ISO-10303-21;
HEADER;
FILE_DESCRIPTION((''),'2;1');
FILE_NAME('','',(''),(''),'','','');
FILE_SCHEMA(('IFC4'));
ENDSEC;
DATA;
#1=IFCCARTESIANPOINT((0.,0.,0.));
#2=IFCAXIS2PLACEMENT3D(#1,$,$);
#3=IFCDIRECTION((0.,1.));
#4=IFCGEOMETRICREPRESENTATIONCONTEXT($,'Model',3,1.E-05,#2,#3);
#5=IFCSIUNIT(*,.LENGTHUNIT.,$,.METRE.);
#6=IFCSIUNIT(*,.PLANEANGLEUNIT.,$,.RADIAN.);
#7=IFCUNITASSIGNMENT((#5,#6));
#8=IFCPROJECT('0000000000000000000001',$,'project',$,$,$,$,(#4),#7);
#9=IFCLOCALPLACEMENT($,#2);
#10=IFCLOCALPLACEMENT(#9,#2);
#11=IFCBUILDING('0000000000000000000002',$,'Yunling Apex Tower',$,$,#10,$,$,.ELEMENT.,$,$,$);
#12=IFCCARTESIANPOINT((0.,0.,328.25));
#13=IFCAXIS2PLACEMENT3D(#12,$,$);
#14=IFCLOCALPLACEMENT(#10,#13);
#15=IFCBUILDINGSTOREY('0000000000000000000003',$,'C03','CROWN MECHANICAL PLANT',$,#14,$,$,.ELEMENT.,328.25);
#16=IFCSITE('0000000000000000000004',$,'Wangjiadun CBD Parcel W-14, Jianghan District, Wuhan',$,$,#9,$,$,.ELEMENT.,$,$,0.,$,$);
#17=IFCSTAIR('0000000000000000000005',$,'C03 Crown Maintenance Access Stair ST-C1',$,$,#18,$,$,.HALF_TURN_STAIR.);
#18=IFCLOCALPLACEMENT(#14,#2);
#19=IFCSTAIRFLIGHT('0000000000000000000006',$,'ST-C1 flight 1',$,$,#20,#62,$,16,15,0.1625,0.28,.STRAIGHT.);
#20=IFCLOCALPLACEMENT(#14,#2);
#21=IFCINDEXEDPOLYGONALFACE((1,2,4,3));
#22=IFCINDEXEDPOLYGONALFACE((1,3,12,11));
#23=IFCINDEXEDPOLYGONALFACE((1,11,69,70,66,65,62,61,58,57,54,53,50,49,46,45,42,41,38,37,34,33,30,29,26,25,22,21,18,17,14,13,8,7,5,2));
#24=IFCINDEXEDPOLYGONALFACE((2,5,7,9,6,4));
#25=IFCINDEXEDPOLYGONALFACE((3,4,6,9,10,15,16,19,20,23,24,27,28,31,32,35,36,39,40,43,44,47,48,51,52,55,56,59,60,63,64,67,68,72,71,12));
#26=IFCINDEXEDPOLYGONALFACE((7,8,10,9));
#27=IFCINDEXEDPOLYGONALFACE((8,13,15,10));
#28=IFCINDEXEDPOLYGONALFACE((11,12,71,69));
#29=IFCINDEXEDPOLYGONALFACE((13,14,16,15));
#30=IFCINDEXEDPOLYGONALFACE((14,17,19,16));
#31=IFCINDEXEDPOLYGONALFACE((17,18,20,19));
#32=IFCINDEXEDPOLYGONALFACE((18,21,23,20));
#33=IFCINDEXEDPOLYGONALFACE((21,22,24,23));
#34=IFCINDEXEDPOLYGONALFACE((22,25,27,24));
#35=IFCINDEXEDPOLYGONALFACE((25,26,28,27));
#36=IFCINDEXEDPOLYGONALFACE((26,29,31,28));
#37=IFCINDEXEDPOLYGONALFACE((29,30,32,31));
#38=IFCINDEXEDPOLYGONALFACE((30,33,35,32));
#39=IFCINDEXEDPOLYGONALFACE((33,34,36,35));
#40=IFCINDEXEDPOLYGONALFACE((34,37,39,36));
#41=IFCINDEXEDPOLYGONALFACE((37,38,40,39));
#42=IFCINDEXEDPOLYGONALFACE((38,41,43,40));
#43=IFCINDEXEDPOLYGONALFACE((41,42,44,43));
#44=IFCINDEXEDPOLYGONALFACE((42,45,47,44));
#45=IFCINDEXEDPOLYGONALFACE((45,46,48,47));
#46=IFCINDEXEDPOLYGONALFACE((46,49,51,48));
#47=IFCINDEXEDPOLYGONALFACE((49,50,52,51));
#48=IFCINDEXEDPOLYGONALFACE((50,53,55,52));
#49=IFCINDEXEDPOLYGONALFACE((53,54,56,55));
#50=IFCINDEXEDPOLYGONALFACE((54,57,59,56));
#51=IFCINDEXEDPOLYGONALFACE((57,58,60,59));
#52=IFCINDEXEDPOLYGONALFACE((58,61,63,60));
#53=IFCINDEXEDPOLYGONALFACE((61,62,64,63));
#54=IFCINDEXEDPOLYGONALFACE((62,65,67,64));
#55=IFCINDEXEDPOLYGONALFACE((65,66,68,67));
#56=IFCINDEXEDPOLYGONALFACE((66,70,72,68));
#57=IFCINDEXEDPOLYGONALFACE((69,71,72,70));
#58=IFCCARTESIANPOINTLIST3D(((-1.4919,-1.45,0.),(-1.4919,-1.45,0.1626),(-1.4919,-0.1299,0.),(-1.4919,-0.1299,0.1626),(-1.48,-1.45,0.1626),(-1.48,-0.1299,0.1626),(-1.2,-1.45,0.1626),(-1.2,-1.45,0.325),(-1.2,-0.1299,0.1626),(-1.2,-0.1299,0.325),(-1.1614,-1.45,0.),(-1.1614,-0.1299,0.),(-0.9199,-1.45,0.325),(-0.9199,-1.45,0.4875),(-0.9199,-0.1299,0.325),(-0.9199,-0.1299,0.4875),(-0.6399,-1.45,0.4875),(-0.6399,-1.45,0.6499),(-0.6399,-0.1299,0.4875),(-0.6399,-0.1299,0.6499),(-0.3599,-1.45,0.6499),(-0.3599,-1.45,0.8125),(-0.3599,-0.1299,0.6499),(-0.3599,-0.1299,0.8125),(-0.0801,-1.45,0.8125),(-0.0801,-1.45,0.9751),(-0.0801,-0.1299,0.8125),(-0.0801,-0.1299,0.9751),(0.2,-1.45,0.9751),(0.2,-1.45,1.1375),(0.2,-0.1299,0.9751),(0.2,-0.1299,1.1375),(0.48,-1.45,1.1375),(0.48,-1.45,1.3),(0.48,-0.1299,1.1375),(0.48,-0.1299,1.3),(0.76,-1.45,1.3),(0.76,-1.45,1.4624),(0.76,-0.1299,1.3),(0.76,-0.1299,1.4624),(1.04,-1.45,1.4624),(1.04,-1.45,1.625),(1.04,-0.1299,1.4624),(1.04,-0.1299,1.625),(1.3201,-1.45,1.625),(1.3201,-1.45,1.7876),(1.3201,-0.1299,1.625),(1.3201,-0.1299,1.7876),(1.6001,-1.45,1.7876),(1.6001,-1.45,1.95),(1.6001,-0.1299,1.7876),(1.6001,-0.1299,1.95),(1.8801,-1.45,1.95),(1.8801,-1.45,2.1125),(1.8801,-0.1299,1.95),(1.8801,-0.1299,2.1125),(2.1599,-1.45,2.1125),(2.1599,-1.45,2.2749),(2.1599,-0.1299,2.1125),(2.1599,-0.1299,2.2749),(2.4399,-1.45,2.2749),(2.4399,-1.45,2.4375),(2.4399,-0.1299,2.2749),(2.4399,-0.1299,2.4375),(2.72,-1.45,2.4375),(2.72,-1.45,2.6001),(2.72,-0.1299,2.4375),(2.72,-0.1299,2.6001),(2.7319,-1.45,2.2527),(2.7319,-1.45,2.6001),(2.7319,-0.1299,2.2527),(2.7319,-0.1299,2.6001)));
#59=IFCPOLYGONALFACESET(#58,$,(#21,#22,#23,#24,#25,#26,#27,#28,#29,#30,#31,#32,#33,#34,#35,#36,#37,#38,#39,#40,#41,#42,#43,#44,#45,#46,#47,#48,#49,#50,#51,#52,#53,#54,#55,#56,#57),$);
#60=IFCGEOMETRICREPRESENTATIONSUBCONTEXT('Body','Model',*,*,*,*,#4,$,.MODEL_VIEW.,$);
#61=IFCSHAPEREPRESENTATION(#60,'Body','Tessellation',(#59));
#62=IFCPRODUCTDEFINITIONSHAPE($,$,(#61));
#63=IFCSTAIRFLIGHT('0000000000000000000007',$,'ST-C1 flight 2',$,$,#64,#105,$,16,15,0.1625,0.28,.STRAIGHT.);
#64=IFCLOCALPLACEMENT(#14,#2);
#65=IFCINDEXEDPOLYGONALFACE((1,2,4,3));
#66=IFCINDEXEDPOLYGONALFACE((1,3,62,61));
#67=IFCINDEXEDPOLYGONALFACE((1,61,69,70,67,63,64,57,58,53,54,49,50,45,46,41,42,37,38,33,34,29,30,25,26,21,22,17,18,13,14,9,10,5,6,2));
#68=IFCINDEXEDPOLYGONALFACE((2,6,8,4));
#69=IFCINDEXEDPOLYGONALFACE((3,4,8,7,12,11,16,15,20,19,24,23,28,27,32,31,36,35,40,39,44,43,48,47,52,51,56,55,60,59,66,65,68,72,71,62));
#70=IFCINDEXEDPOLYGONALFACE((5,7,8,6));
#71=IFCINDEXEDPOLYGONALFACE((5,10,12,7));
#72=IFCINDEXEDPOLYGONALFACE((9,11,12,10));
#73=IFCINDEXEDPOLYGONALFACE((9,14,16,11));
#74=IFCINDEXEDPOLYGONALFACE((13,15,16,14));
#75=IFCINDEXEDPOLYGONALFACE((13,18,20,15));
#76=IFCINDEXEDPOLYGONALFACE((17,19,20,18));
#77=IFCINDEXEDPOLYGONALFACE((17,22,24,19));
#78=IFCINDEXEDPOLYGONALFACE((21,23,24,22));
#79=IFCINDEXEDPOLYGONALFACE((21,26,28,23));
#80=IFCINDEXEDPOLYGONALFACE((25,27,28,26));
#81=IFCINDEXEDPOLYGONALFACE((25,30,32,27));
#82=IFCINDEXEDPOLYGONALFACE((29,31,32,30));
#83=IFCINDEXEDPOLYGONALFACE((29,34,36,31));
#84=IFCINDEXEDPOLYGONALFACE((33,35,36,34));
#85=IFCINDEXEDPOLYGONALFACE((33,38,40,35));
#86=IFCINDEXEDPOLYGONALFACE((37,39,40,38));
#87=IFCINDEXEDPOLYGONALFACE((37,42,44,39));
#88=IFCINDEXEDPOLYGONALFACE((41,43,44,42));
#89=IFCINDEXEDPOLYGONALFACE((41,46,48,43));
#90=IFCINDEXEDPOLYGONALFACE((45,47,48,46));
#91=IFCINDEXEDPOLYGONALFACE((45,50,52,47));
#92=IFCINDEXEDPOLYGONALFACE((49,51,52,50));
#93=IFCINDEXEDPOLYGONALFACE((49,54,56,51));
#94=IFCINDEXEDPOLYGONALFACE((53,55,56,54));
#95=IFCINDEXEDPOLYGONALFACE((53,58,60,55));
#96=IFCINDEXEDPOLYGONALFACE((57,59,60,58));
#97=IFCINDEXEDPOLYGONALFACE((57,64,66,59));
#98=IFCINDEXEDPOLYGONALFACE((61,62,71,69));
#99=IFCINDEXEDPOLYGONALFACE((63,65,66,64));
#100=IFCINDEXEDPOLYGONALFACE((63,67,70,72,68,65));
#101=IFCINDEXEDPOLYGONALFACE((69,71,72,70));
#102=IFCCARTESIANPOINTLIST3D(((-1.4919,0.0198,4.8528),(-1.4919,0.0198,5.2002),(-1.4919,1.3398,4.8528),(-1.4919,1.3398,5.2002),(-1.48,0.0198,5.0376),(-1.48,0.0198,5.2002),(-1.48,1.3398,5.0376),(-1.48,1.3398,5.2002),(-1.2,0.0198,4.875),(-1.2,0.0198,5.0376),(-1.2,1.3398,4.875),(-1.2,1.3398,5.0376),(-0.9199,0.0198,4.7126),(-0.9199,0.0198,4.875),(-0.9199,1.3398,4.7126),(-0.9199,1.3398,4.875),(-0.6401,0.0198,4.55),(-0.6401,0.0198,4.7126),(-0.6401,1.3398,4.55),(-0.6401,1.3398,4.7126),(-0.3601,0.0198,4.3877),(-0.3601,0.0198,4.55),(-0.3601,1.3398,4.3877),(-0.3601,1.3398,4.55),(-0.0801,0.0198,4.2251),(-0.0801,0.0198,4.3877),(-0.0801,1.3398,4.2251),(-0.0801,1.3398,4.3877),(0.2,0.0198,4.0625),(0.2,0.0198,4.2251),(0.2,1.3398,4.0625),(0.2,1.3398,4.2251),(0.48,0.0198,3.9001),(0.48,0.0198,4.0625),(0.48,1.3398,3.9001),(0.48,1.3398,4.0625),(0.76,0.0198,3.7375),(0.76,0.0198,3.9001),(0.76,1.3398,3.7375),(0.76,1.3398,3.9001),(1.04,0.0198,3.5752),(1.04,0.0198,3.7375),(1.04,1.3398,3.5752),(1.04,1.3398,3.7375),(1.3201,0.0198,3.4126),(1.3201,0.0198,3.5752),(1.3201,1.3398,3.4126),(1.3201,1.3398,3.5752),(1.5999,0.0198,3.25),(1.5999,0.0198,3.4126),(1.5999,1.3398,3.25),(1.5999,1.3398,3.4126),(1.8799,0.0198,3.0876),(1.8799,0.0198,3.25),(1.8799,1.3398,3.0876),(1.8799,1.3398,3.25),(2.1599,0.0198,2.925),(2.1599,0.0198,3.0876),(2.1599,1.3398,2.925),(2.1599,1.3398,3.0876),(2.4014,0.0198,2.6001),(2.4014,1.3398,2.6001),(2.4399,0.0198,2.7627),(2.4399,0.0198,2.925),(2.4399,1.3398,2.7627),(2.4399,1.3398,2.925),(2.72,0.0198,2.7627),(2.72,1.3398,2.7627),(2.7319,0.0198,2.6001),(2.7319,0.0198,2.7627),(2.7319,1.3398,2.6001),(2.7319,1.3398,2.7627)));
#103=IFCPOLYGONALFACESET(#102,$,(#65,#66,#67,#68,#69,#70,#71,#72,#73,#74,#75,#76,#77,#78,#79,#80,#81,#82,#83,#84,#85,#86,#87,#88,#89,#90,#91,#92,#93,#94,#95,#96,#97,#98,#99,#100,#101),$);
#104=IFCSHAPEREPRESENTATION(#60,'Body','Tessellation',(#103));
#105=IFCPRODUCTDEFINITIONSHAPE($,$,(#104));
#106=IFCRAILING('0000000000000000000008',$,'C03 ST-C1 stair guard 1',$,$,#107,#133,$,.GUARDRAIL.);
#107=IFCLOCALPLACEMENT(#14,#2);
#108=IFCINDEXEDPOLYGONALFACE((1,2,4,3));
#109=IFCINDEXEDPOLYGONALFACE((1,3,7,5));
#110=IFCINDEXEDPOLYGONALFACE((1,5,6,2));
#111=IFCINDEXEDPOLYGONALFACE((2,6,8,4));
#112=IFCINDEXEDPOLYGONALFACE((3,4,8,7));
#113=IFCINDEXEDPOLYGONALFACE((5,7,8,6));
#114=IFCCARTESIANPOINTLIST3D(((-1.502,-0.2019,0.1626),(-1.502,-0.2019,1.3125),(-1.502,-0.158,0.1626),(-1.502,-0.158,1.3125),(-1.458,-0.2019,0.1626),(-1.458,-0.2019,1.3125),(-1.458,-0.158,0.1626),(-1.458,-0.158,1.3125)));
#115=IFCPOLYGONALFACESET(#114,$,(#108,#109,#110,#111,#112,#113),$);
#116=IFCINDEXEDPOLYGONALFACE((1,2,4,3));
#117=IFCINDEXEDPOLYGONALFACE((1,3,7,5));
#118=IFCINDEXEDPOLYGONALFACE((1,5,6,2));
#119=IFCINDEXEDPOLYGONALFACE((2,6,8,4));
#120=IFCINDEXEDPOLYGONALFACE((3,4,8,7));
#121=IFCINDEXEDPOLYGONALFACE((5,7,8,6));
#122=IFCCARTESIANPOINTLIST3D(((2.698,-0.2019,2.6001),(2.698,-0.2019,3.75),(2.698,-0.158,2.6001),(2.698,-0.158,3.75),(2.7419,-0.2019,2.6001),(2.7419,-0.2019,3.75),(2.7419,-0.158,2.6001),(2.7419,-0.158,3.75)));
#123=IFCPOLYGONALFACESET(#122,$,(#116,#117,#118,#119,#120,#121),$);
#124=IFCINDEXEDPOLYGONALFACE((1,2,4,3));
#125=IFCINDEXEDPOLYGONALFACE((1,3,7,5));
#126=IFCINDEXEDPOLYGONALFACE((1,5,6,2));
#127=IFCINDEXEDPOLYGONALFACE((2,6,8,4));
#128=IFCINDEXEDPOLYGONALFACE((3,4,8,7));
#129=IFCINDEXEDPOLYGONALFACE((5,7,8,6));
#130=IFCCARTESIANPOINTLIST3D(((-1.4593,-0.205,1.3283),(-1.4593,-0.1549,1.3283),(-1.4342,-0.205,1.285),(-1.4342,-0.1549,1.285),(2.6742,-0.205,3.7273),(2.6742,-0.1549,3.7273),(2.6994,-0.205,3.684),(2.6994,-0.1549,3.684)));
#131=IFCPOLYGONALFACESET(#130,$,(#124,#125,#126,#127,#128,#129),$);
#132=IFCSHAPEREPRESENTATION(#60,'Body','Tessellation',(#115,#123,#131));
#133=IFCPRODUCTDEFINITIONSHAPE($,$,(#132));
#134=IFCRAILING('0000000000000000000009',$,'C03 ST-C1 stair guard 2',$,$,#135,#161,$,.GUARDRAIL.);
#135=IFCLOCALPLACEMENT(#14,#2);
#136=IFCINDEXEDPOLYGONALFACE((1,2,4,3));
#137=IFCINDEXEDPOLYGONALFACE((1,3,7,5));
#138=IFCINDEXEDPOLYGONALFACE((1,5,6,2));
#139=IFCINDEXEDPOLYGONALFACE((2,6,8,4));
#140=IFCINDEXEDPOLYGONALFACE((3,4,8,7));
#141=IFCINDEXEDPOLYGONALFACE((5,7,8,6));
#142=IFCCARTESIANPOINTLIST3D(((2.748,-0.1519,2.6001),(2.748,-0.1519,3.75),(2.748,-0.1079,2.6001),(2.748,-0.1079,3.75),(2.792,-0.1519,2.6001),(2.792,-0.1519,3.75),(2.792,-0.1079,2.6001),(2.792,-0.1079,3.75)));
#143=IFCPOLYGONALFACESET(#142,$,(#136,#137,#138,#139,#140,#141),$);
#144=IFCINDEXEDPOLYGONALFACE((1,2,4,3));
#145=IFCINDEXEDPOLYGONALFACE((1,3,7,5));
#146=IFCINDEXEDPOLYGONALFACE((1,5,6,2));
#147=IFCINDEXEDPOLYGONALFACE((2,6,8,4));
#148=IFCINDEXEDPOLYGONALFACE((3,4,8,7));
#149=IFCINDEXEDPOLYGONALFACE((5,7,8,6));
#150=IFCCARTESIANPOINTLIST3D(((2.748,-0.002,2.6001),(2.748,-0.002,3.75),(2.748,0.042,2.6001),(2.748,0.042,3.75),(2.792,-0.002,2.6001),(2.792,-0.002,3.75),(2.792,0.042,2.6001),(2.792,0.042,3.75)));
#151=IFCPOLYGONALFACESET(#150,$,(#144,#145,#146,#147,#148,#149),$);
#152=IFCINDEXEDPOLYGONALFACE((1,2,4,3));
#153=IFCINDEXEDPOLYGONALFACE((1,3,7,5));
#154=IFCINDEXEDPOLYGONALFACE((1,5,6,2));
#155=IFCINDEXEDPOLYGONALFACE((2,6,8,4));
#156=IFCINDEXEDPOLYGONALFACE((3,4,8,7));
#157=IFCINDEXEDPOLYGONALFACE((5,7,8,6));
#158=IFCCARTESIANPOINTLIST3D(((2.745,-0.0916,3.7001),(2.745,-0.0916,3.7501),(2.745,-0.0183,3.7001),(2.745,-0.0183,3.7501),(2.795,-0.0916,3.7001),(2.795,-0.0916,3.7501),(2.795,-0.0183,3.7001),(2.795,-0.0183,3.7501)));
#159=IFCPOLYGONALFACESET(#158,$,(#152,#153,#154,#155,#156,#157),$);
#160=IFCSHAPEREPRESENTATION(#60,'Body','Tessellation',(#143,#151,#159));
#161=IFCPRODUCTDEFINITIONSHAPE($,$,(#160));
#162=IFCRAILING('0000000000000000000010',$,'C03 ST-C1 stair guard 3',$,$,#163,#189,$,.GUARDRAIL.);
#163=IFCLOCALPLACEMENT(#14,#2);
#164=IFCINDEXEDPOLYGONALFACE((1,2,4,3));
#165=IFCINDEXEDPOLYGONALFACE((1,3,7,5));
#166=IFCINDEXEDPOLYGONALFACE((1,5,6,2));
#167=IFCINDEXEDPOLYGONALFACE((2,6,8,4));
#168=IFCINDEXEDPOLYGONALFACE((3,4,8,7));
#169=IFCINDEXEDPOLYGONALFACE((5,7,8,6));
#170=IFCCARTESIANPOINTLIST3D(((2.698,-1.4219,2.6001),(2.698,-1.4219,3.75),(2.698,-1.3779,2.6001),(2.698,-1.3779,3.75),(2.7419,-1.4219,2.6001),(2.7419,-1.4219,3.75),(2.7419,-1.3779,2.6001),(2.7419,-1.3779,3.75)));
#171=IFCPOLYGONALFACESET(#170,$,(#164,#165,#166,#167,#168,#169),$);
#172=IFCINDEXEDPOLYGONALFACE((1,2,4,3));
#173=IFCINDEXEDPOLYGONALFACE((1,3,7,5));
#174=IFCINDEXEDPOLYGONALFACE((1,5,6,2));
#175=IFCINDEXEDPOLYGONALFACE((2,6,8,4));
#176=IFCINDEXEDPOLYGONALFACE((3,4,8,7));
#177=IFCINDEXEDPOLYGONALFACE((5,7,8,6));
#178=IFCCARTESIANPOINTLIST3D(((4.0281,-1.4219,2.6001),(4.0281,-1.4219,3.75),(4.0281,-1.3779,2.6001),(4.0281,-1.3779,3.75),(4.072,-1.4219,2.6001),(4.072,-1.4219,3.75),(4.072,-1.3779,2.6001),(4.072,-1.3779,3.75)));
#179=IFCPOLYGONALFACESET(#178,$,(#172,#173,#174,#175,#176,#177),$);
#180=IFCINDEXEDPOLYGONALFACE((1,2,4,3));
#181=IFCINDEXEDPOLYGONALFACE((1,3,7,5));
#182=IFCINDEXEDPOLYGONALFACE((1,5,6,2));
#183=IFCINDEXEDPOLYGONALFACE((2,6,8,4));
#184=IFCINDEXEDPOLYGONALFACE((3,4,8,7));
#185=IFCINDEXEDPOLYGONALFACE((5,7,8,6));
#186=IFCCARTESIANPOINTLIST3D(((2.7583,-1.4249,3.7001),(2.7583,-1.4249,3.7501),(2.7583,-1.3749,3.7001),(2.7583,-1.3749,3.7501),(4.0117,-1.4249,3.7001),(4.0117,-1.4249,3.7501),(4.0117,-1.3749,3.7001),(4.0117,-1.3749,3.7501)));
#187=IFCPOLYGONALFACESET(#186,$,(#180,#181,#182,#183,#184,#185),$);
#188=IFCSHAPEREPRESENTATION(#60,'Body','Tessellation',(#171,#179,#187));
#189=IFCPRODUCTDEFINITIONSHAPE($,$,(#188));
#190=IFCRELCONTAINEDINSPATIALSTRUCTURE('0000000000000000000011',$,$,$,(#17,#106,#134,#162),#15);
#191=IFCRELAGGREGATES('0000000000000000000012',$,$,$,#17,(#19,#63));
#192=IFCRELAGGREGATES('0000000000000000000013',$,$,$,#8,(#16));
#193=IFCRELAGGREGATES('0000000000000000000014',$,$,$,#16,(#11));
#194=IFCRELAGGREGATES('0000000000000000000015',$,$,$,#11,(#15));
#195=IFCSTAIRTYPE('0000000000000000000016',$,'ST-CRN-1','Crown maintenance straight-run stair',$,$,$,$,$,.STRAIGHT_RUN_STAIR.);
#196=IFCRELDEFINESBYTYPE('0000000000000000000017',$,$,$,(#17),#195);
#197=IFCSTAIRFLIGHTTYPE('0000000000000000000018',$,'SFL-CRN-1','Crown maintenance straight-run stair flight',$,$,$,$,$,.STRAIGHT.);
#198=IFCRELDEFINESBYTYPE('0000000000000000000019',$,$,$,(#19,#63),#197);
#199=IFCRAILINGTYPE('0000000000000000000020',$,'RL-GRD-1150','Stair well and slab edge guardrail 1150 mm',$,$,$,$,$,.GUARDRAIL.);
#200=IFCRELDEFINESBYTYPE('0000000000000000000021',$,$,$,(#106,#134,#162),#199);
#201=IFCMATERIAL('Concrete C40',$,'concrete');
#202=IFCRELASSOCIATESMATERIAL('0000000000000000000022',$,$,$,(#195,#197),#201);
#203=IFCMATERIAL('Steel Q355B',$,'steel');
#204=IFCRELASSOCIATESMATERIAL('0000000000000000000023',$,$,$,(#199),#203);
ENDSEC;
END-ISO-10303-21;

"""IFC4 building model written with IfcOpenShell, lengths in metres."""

from ifc_helpers import new_model, si_unit, direction, frame, origin, origin_2d, place, context, subcontext, project, spatial, polyline, rectangle, outline, extrude, material, type_object, element, aggregate, save


model = new_model("IFC4")

# Units and contexts
model_context = context("Model", 3, precision=1e-05, world=origin(), true_north=direction((0.0, 1.0)))
body_context = subcontext(model_context, "Body", "Model", "MODEL_VIEW")
ifc_project = project(units=[si_unit("LENGTHUNIT", "METRE"), si_unit("PLANEANGLEUNIT", "RADIAN")], contexts=[model_context])

# Site, building, storey
site_placement = place(None, origin())
site = spatial("IfcSite", under=ifc_project, at=site_placement, Name="Wangjiadun CBD Parcel W-14, Jianghan District, Wuhan", CompositionType="ELEMENT", RefElevation=0.0)
building_placement = place(site_placement, origin())
building = spatial("IfcBuilding", under=site, at=building_placement, Name="Yunling Apex Tower", CompositionType="ELEMENT")
storey_placement = place(building_placement, frame((0.0, 0.0, 328.25)))
storey = spatial("IfcBuildingStorey", under=building, at=storey_placement, Name="C03", Description="CROWN MECHANICAL PLANT", CompositionType="ELEMENT", Elevation=328.25)

# Shared definitions
ifc_material_1 = material(Name="Steel Q355B", Category="steel")

# Shared definitions
ifc_material_2 = material(Name="Concrete C40", Category="concrete")

# Stair
stair_type = type_object("IfcStairType", Name="ST-CRN-1", Description="Crown maintenance straight-run stair", PredefinedType="STRAIGHT_RUN_STAIR", material=ifc_material_2)
stair_placement = place(storey_placement, origin())
stair = element("IfcStair", 1, at=stair_placement, inside=storey, type_object=stair_type, Name="C03 Crown Maintenance Access Stair ST-C1", PredefinedType="HALF_TURN_STAIR")

# Stair flights
stair_flight_type = type_object("IfcStairFlightType", Name="SFL-CRN-1", Description="Crown maintenance straight-run stair flight", PredefinedType="STRAIGHT", material=ifc_material_2)
stair_flight_1_placement = place(storey_placement, frame((-1.48, -0.79, 0.0), z_axis=(0.0, 0.0, 1.0), x_axis=(1.0, 0.0, 0.0)))
stair_flight_1 = element("IfcStairFlight", 2, at=stair_flight_1_placement, type_object=stair_flight_type, Name="ST-C1 flight 1", NumberOfRisers=16, NumberOfTreads=15, PredefinedType="STRAIGHT", RiserHeight=0.1625, TreadLength=0.28, context=body_context, shape_type="SweptSolid", body=[
    extrude(outline(polyline([(-0.012, 0.0), (-0.012, 0.1626), (0.0, 0.1626), (0.28, 0.1626), (0.28, 0.325), (0.5601, 0.325), (0.5601, 0.4875), (0.8401, 0.4875), (0.8401, 0.6499), (1.1201, 0.6499), (1.1201, 0.8125), (1.3999, 0.8125), (1.3999, 0.9751), (1.6799, 0.9751), (1.6799, 1.1375), (1.96, 1.1375), (1.96, 1.3), (2.24, 1.3), (2.24, 1.4624), (2.52, 1.4624), (2.52, 1.625), (2.8, 1.625), (2.8, 1.7876), (3.0801, 1.7876), (3.0801, 1.95), (3.3601, 1.95), (3.3601, 2.1125), (3.6399, 2.1125), (3.6399, 2.2749), (3.9199, 2.2749), (3.9199, 2.4375), (4.2, 2.4375), (4.2, 2.6001), (4.2119, 2.6001), (4.2119, 2.2527), (0.3186, 0.0), (-0.012, 0.0)])), frame((0.0, 0.6602, 0.0), z_axis=(0.0, -1.0, 0.0), x_axis=(1.0, 0.0, 0.0)), (0.0, 0.0, 1.0), 1.3201),
])
stair_flight_2_placement = place(storey_placement, frame((2.72, 0.6799, 2.6001), z_axis=(0.0, 0.0, 1.0), x_axis=(-1.0, 0.0, 0.0)))
stair_flight_2 = element("IfcStairFlight", 3, at=stair_flight_2_placement, type_object=stair_flight_type, Name="ST-C1 flight 2", NumberOfRisers=16, NumberOfTreads=15, PredefinedType="STRAIGHT", RiserHeight=0.1625, TreadLength=0.28, context=body_context, shape_type="SweptSolid", body=[
    extrude(outline(polyline([(-0.012, 0.0), (-0.012, 0.1626), (0.0, 0.1626), (0.28, 0.1626), (0.28, 0.325), (0.5601, 0.325), (0.5601, 0.4875), (0.8401, 0.4875), (0.8401, 0.6499), (1.1201, 0.6499), (1.1201, 0.8125), (1.3999, 0.8125), (1.3999, 0.9751), (1.6799, 0.9751), (1.6799, 1.1375), (1.96, 1.1375), (1.96, 1.3), (2.24, 1.3), (2.24, 1.4624), (2.52, 1.4624), (2.52, 1.625), (2.8, 1.625), (2.8, 1.7876), (3.0801, 1.7876), (3.0801, 1.95), (3.3601, 1.95), (3.3601, 2.1125), (3.6399, 2.1125), (3.6399, 2.2749), (3.9199, 2.2749), (3.9199, 2.4375), (4.2, 2.4375), (4.2, 2.6001), (4.2119, 2.6001), (4.2119, 2.2527), (0.3186, 0.0), (-0.012, 0.0)])), frame((0.0, 0.6602, 0.0), z_axis=(0.0, -1.0, 0.0), x_axis=(1.0, 0.0, 0.0)), (0.0, 0.0, 1.0), 1.3201),
])
aggregate(stair, [stair_flight_1, stair_flight_2])

# Railings
railing_type_1 = type_object("IfcRailingType", Name="RL-GRD-1150", Description="Stair well and slab edge guardrail 1150 mm", PredefinedType="GUARDRAIL", material=ifc_material_1)
railing_1_placement = place(storey_placement, frame((-1.48, -0.1799, 0.1626)))
element("IfcRailing", 4, at=railing_1_placement, inside=storey, type_object=railing_type_1, Name="C03 ST-C1 stair guard 1", PredefinedType="GUARDRAIL", context=body_context, shape_type="SweptSolid", body=[
    extrude(rectangle(XDim=0.0439, YDim=0.0439, at=origin_2d()), origin(), (0.0, 0.0, 1.0), 1.1499),
    extrude(rectangle(XDim=0.0439, YDim=0.0439, at=origin_2d()), frame((4.2, 0.0, 2.4375)), (0.0, 0.0, 1.0), 1.1499),
    extrude(rectangle(XDim=0.05, YDim=0.05, at=origin_2d()), frame((0.0332, 0.0, 1.144), z_axis=(0.864895, 0.0, 0.501954), x_axis=(0.0, 1.0, 0.0)), (0.0, 0.0, 1.0), 4.7793),
])
railing_2_placement = place(storey_placement, frame((2.77, -0.1299, 2.6001)))
element("IfcRailing", 5, at=railing_2_placement, inside=storey, type_object=railing_type_1, Name="C03 ST-C1 stair guard 2", PredefinedType="GUARDRAIL", context=body_context, shape_type="SweptSolid", body=[
    extrude(rectangle(XDim=0.0439, YDim=0.0439, at=origin_2d()), origin(), (0.0, 0.0, 1.0), 1.1499),
    extrude(rectangle(XDim=0.0439, YDim=0.0439, at=origin_2d()), frame((0.0, 0.1499, 0.0)), (0.0, 0.0, 1.0), 1.1499),
    extrude(rectangle(XDim=0.05, YDim=0.05, at=origin_2d()), frame((0.0, 0.0383, 1.125), z_axis=(0.0, 1.0, 0.0), x_axis=(-1.0, 0.0, 0.0)), (0.0, 0.0, 1.0), 0.0732),
])
for number, where, name in (
    (6, (2.72, -1.3999, 2.6001), "C03 ST-C1 stair guard 3"),
):
    element("IfcRailing", number, at=place(storey_placement, frame(where)), inside=storey, type_object=railing_type_1, Name=name, PredefinedType="GUARDRAIL", context=body_context, shape_type="SweptSolid", body=[
        extrude(rectangle(XDim=0.0439, YDim=0.0439, at=origin_2d()), origin(), (0.0, 0.0, 1.0), 1.1499),
        extrude(rectangle(XDim=0.0439, YDim=0.0439, at=origin_2d()), frame((1.3301, 0.0, 0.0)), (0.0, 0.0, 1.0), 1.1499),
        extrude(rectangle(XDim=0.05, YDim=0.05, at=origin_2d()), frame((0.0383, 0.0, 1.125), z_axis=(1.0, 0.0, 0.0), x_axis=(0.0, 1.0, 0.0)), (0.0, 0.0, 1.0), 1.2534),
    ])

save(model, "model.ifc")
